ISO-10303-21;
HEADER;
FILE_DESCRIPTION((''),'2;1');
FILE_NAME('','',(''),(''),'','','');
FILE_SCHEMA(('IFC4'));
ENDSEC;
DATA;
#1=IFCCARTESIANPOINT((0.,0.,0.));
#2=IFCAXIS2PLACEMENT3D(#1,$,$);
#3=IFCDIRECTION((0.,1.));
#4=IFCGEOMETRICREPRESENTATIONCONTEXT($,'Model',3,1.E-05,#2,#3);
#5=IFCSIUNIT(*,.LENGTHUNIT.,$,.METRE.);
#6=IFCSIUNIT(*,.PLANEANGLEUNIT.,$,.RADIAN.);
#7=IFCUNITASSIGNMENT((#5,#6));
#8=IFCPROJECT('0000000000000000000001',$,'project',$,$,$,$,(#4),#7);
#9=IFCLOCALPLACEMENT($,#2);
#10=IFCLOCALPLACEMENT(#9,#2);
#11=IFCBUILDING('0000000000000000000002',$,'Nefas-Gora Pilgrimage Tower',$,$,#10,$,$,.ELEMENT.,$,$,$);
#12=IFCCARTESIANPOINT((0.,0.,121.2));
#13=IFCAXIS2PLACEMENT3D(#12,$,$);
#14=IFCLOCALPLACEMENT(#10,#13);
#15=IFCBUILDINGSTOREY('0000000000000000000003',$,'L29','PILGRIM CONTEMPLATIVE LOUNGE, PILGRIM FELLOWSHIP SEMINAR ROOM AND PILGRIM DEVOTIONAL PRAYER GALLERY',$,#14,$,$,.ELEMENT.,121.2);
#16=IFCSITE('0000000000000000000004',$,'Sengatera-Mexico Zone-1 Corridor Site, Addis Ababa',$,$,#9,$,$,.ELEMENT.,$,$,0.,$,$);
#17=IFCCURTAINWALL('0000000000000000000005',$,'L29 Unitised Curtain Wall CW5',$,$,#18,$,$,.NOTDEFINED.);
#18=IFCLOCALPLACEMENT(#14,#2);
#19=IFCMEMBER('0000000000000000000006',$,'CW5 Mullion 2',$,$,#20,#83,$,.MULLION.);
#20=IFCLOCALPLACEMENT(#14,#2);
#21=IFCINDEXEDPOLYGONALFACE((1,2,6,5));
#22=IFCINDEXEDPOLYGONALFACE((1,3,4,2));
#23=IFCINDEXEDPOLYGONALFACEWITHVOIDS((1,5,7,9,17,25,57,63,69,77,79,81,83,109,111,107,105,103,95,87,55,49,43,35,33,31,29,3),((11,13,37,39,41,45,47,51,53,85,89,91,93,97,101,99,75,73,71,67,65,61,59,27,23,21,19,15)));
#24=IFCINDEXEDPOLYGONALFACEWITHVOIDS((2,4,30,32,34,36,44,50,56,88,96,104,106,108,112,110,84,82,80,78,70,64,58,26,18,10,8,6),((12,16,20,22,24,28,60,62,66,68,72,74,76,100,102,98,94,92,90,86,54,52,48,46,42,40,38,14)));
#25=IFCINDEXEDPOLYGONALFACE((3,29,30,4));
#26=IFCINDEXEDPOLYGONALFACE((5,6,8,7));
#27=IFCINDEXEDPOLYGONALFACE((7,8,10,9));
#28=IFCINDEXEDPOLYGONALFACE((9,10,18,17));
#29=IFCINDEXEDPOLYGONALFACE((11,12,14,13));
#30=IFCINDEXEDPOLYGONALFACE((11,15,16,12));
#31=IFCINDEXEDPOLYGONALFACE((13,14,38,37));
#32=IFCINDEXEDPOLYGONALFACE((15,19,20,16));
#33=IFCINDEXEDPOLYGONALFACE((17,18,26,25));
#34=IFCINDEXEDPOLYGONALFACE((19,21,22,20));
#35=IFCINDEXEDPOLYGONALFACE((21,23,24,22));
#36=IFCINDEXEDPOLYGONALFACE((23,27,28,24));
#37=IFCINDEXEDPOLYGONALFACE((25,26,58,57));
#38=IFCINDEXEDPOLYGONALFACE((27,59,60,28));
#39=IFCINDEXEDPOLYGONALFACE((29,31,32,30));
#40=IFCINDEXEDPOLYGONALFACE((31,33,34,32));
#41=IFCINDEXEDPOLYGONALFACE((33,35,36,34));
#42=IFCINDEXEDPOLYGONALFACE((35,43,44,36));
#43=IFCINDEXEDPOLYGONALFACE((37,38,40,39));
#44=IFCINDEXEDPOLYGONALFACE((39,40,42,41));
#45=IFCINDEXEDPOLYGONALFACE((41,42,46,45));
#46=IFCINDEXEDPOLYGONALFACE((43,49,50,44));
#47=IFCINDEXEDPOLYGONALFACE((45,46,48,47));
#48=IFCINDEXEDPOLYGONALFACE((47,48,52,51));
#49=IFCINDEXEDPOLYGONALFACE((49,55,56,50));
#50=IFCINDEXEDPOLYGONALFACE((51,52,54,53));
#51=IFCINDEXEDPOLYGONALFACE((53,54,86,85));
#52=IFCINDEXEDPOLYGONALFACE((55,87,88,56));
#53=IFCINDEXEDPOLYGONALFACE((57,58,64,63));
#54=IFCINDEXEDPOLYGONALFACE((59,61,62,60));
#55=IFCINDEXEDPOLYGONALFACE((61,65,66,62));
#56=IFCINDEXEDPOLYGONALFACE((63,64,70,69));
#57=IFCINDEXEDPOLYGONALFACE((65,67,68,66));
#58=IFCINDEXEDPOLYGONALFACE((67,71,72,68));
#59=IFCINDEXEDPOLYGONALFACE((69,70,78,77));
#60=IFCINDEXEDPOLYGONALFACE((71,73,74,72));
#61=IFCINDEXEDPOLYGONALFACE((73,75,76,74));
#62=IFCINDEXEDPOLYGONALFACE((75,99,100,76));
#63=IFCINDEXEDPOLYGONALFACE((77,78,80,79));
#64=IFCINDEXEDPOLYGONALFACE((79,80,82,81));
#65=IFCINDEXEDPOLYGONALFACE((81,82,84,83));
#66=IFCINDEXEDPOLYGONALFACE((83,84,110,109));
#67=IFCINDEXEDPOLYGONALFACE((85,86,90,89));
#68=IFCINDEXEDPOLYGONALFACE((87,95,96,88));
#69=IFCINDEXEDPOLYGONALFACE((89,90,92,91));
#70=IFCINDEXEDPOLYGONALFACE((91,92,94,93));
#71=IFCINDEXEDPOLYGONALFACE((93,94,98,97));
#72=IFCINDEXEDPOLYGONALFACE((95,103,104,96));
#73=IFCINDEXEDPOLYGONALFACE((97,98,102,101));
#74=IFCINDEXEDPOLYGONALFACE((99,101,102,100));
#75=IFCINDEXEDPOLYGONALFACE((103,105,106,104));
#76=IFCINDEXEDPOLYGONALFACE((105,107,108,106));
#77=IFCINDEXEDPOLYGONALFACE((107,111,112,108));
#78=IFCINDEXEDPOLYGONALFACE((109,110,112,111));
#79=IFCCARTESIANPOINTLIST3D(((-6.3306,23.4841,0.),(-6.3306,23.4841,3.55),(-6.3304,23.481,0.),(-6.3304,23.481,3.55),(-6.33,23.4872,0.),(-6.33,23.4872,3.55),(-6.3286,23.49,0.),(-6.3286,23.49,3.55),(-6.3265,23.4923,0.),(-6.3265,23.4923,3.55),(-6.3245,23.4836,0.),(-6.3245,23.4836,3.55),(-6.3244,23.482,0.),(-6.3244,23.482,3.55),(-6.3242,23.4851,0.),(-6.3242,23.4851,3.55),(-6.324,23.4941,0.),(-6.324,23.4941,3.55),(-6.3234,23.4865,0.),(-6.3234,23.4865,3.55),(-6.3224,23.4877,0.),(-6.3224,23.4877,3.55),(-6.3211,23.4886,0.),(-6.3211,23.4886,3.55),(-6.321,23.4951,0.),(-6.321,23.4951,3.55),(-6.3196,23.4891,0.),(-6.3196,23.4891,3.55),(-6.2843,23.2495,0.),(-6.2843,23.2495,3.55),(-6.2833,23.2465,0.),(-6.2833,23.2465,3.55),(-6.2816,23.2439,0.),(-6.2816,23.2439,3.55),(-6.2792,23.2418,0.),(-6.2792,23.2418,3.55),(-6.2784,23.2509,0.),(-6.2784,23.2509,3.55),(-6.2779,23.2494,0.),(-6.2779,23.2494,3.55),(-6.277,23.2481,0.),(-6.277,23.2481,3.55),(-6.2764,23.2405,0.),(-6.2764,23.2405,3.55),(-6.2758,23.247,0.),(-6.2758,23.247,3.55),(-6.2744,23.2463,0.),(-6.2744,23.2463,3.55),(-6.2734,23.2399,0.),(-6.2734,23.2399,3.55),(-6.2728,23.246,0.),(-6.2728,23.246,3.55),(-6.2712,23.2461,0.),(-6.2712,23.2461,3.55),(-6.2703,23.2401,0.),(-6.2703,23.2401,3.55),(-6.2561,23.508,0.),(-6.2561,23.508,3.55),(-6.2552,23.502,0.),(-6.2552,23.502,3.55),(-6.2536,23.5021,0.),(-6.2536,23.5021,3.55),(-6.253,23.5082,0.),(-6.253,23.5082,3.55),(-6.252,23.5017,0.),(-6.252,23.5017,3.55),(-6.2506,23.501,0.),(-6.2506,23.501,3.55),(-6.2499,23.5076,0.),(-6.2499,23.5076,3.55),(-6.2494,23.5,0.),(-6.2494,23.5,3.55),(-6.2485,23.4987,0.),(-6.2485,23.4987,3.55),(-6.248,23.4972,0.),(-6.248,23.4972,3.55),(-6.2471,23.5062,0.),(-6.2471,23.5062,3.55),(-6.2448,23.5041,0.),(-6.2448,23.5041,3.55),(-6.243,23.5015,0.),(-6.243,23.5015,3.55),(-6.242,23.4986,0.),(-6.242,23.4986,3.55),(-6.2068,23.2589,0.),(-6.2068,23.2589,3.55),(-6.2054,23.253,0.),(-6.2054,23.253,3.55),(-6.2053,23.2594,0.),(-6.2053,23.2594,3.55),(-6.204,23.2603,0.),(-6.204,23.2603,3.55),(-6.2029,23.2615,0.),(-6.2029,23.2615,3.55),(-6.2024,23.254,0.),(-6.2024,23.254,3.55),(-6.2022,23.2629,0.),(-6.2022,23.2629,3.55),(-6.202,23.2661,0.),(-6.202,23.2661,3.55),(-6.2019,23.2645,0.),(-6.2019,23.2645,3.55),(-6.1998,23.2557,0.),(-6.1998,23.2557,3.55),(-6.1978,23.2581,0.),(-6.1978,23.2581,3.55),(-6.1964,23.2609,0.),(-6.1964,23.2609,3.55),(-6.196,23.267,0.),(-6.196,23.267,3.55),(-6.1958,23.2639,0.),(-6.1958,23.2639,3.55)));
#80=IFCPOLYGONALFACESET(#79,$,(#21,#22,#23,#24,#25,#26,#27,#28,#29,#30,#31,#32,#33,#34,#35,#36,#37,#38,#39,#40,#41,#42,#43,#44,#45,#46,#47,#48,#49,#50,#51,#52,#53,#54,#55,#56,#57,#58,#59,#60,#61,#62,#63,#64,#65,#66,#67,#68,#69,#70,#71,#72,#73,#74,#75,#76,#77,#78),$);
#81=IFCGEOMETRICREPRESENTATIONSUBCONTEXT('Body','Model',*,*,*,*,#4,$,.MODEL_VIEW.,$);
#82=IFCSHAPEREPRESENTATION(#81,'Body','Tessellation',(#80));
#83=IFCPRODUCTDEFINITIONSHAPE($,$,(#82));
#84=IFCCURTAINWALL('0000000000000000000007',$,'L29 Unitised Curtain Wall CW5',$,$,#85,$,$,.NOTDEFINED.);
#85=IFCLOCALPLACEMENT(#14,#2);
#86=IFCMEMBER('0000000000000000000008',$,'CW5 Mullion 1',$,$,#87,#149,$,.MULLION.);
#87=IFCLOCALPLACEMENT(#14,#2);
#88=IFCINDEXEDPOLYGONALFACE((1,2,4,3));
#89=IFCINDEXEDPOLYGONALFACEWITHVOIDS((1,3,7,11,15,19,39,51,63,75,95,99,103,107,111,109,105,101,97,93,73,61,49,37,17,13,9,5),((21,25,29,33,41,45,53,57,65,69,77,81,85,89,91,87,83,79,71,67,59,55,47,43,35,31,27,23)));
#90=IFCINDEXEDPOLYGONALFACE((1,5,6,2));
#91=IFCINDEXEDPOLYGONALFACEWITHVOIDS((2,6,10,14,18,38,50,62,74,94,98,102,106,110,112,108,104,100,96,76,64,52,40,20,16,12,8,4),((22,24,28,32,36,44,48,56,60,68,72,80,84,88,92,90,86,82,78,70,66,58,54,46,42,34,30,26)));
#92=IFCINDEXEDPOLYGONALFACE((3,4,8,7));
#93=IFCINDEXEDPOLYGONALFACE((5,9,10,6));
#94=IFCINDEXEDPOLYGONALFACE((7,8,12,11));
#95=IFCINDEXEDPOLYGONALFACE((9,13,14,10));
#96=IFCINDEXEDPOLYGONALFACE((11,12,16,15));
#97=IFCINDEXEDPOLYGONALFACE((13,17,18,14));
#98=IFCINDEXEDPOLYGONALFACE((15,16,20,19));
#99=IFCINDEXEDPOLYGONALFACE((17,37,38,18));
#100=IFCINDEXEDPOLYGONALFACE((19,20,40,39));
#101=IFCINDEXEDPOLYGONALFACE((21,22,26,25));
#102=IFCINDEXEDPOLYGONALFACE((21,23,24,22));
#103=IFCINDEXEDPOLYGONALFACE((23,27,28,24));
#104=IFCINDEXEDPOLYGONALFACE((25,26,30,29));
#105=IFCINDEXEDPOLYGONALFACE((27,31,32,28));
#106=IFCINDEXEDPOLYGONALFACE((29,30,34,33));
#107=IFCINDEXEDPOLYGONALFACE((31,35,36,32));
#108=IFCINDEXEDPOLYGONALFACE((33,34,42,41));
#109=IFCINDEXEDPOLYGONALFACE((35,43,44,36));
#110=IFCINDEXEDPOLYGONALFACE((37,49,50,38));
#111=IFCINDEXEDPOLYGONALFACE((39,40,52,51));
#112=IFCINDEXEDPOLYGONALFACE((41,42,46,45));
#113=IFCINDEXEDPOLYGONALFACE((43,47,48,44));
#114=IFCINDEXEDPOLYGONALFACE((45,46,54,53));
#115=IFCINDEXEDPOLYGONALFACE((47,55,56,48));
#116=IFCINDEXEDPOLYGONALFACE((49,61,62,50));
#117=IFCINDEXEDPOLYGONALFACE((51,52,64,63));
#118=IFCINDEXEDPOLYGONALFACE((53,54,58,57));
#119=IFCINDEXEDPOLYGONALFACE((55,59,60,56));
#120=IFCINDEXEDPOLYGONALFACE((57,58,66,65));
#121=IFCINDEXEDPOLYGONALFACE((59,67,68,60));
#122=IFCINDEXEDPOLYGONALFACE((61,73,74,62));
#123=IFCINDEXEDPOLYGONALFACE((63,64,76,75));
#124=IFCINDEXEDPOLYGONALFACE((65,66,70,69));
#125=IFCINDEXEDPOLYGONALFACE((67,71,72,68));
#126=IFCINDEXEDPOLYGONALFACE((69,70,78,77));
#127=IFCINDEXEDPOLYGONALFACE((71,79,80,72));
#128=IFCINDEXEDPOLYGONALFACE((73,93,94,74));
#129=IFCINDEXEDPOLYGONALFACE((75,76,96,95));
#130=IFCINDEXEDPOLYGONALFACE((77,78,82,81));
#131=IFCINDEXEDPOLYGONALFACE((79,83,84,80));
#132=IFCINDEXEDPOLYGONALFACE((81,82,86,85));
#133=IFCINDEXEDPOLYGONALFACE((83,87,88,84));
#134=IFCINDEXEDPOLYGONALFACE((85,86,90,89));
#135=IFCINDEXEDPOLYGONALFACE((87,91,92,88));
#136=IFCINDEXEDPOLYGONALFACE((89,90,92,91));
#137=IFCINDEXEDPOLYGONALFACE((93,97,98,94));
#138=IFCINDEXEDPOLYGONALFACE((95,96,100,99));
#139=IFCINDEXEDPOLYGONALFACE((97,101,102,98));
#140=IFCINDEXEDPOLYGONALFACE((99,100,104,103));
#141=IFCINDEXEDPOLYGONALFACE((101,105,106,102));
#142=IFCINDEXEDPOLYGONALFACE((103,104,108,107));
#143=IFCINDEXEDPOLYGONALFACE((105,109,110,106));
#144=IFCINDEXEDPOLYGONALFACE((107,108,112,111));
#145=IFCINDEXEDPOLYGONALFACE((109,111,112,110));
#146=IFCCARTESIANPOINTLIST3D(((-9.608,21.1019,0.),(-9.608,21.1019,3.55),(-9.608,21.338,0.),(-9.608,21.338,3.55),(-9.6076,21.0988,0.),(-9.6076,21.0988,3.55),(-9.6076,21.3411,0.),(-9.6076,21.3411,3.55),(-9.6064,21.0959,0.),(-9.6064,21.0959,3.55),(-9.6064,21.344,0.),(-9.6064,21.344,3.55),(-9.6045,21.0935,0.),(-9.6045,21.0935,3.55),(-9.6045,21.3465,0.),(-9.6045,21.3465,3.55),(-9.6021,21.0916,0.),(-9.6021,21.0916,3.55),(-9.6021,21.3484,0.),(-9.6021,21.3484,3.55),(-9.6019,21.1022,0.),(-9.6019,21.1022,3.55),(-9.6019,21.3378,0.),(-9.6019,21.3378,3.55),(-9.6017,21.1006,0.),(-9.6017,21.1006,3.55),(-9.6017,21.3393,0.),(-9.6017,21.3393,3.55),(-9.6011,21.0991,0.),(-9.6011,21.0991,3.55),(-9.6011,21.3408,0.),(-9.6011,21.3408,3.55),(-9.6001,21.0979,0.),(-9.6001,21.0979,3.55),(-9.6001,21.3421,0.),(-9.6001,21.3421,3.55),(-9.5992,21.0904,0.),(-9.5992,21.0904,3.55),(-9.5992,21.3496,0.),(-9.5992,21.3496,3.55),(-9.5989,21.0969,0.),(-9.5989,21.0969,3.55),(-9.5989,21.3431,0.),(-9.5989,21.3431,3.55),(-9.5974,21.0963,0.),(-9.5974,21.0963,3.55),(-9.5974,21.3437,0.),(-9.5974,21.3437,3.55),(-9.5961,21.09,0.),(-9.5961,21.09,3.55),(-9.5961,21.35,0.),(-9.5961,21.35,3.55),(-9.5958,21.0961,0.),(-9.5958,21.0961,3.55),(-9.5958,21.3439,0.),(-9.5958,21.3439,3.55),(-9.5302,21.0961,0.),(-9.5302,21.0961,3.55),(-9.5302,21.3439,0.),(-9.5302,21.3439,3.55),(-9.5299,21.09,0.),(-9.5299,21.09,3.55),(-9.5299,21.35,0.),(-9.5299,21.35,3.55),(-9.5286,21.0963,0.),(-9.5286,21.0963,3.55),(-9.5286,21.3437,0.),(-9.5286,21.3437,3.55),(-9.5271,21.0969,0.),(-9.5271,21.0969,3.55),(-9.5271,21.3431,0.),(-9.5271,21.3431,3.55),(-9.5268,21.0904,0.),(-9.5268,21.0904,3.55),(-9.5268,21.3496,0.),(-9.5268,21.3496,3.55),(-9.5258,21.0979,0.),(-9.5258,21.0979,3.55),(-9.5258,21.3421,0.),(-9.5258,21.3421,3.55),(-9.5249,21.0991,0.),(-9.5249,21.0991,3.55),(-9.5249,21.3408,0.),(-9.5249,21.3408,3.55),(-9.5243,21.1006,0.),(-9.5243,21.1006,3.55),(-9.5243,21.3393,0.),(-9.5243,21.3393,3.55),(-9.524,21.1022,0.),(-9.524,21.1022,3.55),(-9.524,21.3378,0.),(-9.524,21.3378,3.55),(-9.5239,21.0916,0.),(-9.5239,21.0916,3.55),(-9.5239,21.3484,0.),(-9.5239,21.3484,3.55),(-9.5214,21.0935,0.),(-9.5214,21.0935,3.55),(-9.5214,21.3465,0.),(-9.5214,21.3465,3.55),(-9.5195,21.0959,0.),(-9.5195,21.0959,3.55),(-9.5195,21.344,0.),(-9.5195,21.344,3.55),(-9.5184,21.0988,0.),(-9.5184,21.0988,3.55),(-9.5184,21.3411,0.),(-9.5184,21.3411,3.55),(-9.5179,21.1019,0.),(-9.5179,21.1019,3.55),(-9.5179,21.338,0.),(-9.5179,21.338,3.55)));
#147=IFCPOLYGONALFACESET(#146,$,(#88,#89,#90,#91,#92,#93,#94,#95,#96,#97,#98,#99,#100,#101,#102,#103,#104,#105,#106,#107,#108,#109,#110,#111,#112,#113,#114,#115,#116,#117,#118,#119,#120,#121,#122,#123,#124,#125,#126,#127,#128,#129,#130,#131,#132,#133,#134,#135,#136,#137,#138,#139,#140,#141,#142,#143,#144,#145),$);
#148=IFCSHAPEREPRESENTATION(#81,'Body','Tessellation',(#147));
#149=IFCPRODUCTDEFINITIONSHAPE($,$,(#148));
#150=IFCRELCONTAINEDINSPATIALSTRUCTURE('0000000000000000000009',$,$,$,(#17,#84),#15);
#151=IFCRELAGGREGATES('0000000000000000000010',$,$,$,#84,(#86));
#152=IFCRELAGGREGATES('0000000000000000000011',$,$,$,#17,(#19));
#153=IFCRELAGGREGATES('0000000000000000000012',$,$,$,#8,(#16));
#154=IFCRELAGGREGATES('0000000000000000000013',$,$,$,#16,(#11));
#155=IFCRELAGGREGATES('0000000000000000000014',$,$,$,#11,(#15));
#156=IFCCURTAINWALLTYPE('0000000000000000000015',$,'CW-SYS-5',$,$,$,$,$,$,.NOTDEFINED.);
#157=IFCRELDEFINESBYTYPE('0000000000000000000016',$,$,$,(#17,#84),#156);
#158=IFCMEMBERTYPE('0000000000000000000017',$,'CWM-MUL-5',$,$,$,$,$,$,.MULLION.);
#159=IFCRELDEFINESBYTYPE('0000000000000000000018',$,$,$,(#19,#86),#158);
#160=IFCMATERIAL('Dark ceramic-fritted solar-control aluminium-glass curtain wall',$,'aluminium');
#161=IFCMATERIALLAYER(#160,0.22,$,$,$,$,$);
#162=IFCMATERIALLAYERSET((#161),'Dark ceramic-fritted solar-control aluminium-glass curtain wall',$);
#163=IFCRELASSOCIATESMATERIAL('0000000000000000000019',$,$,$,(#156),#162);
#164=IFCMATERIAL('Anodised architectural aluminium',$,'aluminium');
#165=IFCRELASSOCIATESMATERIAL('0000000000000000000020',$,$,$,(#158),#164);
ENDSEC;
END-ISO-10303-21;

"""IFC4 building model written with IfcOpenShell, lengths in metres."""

from ifc_helpers import new_model, si_unit, direction, frame, origin, origin_2d, place, context, subcontext, project, spatial, hollow_rectangle, extrude, source, transform, mapped, material, layer, layer_set, material_profile, profile_set, type_object, element, aggregate, save


model = new_model("IFC4")

# Units and contexts
model_context = context("Model", 3, precision=1e-05, world=origin(), true_north=direction((0.0, 1.0)))
body_context = subcontext(model_context, "Body", "Model", "MODEL_VIEW")
ifc_project = project(units=[si_unit("LENGTHUNIT", "METRE"), si_unit("PLANEANGLEUNIT", "RADIAN")], contexts=[model_context])

# Site, building, storey
site_placement = place(None, origin())
site = spatial("IfcSite", under=ifc_project, at=site_placement, Name="Sengatera-Mexico Zone-1 Corridor Site, Addis Ababa", CompositionType="ELEMENT", RefElevation=0.0)
building_placement = place(site_placement, origin())
building = spatial("IfcBuilding", under=site, at=building_placement, Name="Nefas-Gora Pilgrimage Tower", CompositionType="ELEMENT")
storey_placement = place(building_placement, frame((0.0, 0.0, 121.2)))
storey = spatial("IfcBuildingStorey", under=building, at=storey_placement, Name="L29", Description="PILGRIM CONTEMPLATIVE LOUNGE, PILGRIM FELLOWSHIP SEMINAR ROOM AND PILGRIM DEVOTIONAL PRAYER GALLERY", CompositionType="ELEMENT", Elevation=121.2)

# Shared definitions
ifc_material_1 = material(Name="Dark ceramic-fritted solar-control aluminium-glass curtain wall", Category="aluminium")
ifc_layer_1 = layer(ifc_material_1, 0.22)
ifc_layer_set_1 = layer_set([ifc_layer_1], Name="Dark ceramic-fritted solar-control aluminium-glass curtain wall")
curtain_wall_type = type_object("IfcCurtainWallType", Name="CW-SYS-5", PredefinedType="NOTDEFINED", material=ifc_layer_set_1)
ifc_material_2 = material(Name="Anodised architectural aluminium", Category="aluminium")
ifc_material_profile_1 = material_profile(ifc_material_2, hollow_rectangle(XDim=0.0901, YDim=0.26, WallThickness=0.0061, InnerFilletRadius=0.0061, OuterFilletRadius=0.012, at=origin_2d()), Name="ALU MULLION 90x260")
ifc_profile_set_1 = profile_set([ifc_material_profile_1], Name="Anodised architectural aluminium")
member_type_1 = type_object("IfcMemberType", Name="CWM-MUL-5", PredefinedType="MULLION", material=ifc_profile_set_1)
shared_shape_1 = source(origin(), body_context, "Body", "SweptSolid", [
    extrude(hollow_rectangle(XDim=0.0901, YDim=0.26, WallThickness=0.0061, InnerFilletRadius=0.0061, OuterFilletRadius=0.012, at=origin_2d()), origin(), (0.0, 0.0, 1.0), 3.55),
])

# Curtain walls, members
curtain_wall_1_placement = place(storey_placement, origin())
curtain_wall_1 = element("IfcCurtainWall", 1, at=curtain_wall_1_placement, inside=storey, type_object=curtain_wall_type, Name="L29 Unitised Curtain Wall CW5", PredefinedType="NOTDEFINED")
member_1_placement = place(storey_placement, frame((-6.2632, 23.374, 0.0), z_axis=(0.0, 0.0, 1.0), x_axis=(-0.980783, -0.195102, 0.0)))
member_1 = element("IfcMember", 2, at=member_1_placement, type_object=member_type_1, Name="CW5 Mullion 2", PredefinedType="MULLION", context=body_context, shape_type="MappedRepresentation", body=[
    mapped(shared_shape_1, transform((0.0, 0.0, 0.0), x_axis=(1.0, 0.0, 0.0), y_axis=(0.0, 1.0, 0.0), z_axis=(0.0, 0.0, 1.0), scale=1.0)),
])
curtain_wall_2_placement = place(storey_placement, origin())
curtain_wall_2 = element("IfcCurtainWall", 3, at=curtain_wall_2_placement, inside=storey, type_object=curtain_wall_type, Name="L29 Unitised Curtain Wall CW5", PredefinedType="NOTDEFINED")
member_2_placement = place(storey_placement, frame((-9.563, 21.22, 0.0), z_axis=(0.0, 0.0, 1.0), x_axis=(-1.0, 0.0, 0.0)))
member_2 = element("IfcMember", 4, at=member_2_placement, type_object=member_type_1, Name="CW5 Mullion 1", PredefinedType="MULLION", context=body_context, shape_type="MappedRepresentation", body=[
    mapped(shared_shape_1, transform((0.0, 0.0, 0.0), x_axis=(1.0, 0.0, 0.0), y_axis=(0.0, 1.0, 0.0), z_axis=(0.0, 0.0, 1.0), scale=1.0)),
])
aggregate(curtain_wall_2, [member_2])

aggregate(curtain_wall_1, [member_1])

save(model, "model.ifc")
